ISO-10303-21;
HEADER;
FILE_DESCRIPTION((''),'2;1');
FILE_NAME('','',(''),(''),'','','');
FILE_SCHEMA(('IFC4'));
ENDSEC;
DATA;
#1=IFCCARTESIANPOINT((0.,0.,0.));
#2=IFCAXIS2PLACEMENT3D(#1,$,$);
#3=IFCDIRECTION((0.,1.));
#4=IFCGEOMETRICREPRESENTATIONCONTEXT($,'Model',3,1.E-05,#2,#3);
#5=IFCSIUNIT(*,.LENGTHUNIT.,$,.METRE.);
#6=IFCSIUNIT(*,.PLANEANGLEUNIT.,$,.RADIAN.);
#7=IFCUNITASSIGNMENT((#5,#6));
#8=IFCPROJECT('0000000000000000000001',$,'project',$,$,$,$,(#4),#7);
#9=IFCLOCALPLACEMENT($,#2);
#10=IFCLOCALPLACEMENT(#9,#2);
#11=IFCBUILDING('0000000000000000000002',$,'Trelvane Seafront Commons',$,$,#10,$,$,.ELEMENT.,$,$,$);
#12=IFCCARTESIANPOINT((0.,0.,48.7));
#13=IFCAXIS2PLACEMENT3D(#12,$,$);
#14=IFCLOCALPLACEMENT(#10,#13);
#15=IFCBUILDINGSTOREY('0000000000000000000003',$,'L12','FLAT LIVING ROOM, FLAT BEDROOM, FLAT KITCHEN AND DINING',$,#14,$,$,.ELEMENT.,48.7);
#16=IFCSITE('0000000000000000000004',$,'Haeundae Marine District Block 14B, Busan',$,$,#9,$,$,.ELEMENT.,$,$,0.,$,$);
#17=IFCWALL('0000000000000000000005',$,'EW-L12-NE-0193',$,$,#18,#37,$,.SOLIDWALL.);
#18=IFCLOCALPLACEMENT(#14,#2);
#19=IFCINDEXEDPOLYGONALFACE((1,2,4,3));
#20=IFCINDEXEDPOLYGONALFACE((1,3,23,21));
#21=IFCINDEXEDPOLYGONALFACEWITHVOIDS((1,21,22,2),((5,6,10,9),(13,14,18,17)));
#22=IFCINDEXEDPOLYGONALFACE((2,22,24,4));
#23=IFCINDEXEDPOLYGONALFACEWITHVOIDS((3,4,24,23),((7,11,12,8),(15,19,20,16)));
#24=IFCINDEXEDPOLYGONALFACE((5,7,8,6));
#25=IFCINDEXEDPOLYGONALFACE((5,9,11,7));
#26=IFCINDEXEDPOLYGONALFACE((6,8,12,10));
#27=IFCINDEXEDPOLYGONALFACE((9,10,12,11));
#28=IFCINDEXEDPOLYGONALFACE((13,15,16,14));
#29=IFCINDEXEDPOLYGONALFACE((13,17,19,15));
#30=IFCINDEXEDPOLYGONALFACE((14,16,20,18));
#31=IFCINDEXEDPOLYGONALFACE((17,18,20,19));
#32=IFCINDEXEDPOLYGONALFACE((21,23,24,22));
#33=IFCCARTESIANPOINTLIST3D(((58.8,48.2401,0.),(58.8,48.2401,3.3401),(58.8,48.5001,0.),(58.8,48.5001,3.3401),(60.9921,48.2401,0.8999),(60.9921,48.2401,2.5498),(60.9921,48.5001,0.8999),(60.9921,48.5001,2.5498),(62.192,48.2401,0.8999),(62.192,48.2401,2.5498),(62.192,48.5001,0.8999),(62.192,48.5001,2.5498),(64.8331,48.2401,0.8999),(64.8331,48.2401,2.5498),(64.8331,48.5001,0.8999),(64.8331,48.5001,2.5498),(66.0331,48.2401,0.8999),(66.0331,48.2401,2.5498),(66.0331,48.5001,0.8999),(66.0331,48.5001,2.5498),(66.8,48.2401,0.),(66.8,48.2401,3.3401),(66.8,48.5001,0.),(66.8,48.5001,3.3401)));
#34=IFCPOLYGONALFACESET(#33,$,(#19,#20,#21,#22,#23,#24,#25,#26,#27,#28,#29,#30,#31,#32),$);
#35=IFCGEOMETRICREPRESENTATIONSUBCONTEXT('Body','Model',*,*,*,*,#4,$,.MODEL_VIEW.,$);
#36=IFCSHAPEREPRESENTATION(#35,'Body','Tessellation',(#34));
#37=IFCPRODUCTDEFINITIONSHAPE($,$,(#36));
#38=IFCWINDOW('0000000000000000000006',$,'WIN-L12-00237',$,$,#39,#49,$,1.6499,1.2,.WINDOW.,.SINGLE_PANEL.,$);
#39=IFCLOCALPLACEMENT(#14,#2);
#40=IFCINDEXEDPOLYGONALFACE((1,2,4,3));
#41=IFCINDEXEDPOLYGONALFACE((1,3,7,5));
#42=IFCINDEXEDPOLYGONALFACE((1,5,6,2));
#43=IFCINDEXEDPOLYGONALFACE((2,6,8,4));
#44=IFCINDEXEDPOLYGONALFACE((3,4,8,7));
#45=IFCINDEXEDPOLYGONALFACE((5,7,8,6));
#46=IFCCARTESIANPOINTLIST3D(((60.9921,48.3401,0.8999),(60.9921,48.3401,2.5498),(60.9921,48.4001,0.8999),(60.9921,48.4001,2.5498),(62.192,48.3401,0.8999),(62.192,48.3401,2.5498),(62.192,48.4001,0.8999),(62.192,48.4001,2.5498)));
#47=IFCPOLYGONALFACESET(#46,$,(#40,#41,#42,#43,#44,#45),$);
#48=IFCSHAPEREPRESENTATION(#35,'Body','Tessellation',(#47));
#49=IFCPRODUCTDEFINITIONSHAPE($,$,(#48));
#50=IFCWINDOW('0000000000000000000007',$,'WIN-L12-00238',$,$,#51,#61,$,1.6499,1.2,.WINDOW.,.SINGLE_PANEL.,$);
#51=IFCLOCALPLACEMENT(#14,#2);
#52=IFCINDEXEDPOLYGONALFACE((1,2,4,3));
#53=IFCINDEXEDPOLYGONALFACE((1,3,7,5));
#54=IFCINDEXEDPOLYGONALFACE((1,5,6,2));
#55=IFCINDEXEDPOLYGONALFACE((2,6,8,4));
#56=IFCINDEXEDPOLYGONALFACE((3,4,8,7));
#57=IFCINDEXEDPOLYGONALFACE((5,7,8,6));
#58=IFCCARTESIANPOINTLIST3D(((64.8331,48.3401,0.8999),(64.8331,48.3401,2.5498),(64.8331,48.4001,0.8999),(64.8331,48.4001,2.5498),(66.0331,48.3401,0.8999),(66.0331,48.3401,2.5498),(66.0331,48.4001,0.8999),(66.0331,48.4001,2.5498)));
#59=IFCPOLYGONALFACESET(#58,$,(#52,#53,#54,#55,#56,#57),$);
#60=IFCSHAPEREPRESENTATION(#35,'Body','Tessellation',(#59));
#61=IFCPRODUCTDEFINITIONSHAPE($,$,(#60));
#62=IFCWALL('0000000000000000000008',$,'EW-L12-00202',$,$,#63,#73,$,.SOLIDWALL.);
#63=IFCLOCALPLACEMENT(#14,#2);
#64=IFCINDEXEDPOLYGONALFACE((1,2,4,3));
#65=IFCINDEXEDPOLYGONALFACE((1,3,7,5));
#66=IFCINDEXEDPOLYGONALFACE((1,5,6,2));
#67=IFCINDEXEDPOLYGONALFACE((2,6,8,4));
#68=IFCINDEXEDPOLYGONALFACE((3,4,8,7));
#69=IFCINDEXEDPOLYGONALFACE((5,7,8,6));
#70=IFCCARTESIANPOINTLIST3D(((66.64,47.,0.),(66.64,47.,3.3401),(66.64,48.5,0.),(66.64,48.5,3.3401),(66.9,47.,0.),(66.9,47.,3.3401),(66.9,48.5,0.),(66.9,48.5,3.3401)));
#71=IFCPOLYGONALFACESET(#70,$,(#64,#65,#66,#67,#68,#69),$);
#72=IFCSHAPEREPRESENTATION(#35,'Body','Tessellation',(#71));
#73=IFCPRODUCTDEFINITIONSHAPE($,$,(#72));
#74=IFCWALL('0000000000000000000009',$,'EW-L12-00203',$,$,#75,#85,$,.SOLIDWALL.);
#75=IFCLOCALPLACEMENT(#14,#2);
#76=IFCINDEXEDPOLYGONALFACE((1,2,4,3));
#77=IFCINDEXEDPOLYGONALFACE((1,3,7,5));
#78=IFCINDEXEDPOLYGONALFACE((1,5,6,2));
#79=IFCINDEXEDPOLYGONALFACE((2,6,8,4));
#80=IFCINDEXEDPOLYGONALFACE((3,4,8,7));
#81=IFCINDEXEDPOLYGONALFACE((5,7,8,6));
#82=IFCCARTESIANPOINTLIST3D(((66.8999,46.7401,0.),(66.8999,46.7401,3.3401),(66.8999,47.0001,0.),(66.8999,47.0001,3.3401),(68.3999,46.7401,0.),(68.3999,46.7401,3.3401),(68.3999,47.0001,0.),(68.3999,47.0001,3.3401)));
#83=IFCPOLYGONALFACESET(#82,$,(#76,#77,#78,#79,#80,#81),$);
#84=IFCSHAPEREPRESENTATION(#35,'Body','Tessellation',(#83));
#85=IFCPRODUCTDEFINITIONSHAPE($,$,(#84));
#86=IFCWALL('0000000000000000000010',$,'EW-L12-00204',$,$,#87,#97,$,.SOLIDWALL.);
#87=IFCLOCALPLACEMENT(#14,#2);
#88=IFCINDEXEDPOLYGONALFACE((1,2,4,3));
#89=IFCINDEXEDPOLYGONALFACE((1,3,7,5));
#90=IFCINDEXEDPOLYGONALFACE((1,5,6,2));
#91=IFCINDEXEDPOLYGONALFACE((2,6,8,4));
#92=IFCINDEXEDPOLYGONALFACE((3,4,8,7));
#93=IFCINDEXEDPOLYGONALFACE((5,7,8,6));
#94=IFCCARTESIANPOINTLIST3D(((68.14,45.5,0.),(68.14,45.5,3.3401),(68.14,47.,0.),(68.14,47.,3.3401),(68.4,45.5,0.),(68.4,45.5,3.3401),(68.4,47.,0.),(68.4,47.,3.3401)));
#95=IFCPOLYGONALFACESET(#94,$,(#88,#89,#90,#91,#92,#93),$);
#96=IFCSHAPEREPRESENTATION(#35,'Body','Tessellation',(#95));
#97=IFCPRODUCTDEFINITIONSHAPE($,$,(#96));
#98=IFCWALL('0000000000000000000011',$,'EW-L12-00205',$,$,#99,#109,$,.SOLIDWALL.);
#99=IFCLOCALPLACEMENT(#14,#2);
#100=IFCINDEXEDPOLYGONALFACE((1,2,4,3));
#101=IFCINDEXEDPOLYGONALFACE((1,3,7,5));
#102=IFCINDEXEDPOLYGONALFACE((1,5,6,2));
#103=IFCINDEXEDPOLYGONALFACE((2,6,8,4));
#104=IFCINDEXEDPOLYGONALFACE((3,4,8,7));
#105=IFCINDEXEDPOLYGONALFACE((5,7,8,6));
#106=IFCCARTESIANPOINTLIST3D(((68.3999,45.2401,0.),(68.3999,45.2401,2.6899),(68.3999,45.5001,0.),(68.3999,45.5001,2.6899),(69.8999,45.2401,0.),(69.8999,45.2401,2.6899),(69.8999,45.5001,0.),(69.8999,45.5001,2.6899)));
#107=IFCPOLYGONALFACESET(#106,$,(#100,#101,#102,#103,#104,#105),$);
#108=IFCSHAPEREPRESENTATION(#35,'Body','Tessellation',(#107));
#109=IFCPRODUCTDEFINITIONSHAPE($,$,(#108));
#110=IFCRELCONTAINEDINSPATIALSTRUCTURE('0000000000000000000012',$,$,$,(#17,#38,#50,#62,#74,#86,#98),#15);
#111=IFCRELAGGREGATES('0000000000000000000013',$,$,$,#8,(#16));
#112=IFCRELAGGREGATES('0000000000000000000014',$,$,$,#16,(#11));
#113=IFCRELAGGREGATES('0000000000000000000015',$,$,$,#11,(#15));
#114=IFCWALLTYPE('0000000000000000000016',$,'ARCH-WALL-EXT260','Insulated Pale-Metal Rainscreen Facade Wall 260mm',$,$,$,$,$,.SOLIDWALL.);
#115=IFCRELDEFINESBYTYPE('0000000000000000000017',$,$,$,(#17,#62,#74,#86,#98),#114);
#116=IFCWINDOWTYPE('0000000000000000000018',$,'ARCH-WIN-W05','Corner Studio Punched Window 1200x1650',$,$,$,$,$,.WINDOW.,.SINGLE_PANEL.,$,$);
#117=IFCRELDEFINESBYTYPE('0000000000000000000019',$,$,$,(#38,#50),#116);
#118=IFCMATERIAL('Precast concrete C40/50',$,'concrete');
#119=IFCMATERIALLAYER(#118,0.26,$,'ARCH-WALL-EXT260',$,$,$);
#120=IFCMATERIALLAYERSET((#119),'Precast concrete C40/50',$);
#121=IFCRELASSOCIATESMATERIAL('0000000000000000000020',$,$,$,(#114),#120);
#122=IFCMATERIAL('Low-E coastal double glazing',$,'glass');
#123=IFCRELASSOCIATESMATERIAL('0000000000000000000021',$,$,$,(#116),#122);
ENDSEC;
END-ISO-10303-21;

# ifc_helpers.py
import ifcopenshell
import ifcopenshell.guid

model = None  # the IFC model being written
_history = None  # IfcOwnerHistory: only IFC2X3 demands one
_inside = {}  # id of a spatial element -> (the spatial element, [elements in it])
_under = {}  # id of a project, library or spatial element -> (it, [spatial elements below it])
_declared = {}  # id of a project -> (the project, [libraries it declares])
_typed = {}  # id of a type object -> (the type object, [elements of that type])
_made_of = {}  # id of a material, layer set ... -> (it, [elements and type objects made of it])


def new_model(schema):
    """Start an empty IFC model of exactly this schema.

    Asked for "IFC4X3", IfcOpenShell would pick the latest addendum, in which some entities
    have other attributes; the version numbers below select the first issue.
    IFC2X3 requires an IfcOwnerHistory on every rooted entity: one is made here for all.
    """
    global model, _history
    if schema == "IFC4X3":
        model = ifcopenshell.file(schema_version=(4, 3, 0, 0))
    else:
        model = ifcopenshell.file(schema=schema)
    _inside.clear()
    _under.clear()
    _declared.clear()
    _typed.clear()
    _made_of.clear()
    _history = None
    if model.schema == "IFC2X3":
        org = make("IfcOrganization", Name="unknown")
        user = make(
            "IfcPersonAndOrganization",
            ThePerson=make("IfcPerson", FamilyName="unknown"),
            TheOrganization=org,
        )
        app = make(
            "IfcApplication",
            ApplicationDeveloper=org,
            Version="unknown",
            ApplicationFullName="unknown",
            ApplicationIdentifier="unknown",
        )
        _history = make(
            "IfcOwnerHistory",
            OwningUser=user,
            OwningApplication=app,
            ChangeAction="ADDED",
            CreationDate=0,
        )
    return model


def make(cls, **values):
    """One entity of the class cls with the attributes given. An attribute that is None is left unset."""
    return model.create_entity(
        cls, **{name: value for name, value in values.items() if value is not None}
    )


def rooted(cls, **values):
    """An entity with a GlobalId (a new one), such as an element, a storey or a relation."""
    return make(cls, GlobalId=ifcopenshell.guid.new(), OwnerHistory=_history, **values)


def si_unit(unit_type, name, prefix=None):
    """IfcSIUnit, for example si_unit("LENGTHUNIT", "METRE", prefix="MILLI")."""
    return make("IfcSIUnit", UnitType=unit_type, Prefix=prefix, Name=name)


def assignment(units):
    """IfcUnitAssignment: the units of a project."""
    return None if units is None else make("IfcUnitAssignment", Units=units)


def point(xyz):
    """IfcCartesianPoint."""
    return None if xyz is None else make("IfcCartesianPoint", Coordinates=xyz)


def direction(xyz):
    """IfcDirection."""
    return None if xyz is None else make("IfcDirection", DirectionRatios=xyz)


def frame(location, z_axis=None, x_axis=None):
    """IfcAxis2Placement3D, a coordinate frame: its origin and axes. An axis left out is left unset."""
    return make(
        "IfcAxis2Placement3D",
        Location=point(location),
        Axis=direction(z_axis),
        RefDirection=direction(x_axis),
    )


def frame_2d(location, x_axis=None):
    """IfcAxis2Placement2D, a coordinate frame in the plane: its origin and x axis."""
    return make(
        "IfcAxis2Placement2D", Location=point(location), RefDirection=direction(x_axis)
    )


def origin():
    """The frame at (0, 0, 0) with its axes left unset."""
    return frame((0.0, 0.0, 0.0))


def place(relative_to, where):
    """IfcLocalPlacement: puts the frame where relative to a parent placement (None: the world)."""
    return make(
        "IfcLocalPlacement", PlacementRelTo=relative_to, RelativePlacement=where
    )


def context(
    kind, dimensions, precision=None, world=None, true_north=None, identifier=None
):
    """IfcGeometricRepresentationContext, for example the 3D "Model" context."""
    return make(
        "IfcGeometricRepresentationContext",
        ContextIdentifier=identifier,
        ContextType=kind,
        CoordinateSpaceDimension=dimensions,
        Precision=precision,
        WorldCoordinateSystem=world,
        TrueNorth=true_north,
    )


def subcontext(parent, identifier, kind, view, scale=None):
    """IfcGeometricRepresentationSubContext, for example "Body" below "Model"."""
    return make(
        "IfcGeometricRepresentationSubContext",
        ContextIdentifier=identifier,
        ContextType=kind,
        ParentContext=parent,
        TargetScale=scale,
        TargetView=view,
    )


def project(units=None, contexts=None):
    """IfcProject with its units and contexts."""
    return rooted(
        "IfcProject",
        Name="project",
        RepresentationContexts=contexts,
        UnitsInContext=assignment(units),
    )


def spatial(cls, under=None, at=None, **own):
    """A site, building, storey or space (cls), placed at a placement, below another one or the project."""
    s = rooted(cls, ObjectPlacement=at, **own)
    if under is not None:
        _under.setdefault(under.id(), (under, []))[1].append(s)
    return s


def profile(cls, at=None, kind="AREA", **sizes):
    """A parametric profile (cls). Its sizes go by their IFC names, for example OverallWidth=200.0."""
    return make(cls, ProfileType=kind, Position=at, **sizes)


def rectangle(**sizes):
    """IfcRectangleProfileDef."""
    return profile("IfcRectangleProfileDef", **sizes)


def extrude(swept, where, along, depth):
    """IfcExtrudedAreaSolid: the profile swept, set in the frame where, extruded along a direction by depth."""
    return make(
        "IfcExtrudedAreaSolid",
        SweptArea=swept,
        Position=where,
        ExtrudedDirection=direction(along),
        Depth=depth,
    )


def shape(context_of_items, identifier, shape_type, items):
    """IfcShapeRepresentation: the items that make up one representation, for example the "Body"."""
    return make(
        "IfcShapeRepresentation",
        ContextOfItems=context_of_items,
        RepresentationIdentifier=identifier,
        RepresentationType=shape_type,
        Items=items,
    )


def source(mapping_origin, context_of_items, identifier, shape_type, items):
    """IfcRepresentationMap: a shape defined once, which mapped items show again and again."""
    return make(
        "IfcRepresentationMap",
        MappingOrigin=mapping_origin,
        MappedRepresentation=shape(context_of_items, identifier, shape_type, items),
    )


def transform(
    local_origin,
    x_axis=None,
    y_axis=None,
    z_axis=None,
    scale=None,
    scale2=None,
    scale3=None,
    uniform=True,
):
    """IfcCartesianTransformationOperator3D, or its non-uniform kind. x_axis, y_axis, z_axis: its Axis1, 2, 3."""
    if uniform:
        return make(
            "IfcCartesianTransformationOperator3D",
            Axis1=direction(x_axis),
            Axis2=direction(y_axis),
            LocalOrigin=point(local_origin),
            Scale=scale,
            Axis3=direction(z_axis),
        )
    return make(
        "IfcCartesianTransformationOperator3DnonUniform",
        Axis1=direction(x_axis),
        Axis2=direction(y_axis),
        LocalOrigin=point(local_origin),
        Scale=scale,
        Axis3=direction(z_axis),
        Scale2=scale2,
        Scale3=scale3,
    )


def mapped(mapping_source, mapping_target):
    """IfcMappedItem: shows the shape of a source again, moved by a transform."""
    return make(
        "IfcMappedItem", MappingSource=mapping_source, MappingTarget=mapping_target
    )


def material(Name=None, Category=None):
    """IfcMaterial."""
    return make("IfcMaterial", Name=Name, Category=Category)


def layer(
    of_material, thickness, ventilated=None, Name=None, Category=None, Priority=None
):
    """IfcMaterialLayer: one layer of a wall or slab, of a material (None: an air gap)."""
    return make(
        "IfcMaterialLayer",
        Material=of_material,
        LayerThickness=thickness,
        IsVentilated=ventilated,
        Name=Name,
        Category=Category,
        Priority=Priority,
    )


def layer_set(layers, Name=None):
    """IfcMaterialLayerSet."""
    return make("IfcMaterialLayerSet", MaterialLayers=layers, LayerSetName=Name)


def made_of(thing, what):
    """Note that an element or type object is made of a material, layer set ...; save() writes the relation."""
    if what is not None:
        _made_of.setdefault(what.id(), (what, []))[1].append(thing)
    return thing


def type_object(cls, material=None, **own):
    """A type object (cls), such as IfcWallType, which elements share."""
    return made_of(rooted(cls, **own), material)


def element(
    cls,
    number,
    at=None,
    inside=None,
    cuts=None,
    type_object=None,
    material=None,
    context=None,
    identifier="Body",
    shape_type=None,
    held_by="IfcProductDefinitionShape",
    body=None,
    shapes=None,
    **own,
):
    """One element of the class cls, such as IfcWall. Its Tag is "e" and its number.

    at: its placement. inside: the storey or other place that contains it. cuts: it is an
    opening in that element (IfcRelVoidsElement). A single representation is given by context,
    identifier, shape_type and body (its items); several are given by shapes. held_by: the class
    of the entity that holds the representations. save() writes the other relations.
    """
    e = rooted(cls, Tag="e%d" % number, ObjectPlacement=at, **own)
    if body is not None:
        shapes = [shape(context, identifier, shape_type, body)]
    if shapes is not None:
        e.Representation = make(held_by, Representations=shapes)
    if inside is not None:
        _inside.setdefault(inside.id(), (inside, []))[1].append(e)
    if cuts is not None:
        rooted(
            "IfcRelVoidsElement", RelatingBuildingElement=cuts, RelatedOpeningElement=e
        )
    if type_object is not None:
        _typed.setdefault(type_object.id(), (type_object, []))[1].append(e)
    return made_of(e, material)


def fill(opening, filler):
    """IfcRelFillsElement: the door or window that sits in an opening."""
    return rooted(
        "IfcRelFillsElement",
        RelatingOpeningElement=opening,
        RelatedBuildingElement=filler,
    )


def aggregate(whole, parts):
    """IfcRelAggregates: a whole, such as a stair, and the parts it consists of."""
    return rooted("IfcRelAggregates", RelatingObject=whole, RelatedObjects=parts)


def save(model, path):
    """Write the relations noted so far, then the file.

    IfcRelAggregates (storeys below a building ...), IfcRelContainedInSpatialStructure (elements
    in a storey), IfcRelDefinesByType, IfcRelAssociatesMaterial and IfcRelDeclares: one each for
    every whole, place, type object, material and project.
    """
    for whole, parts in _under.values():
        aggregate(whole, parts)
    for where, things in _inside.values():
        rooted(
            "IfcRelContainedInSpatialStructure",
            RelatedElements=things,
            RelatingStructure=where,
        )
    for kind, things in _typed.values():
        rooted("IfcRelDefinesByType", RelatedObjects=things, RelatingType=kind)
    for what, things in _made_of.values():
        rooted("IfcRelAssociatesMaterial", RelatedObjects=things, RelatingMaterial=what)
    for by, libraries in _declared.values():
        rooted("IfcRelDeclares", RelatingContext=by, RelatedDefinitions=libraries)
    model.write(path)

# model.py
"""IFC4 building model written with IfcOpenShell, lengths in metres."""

from ifc_helpers import new_model, si_unit, direction, frame, frame_2d, origin, place, context, subcontext, project, spatial, rectangle, extrude, source, transform, mapped, material, layer, layer_set, type_object, element, fill, save


model = new_model("IFC4")

# Units and contexts
model_context = context("Model", 3, precision=1e-05, world=origin(), true_north=direction((0.0, 1.0)))
body_context = subcontext(model_context, "Body", "Model", "MODEL_VIEW")
ifc_project = project(units=[si_unit("LENGTHUNIT", "METRE"), si_unit("PLANEANGLEUNIT", "RADIAN")], contexts=[model_context])

# Site, building, storey
site_placement = place(None, origin())
site = spatial("IfcSite", under=ifc_project, at=site_placement, Name="Haeundae Marine District Block 14B, Busan", CompositionType="ELEMENT", RefElevation=0.0)
building_placement = place(site_placement, origin())
building = spatial("IfcBuilding", under=site, at=building_placement, Name="Trelvane Seafront Commons", CompositionType="ELEMENT")
storey_placement = place(building_placement, frame((0.0, 0.0, 48.7)))
storey = spatial("IfcBuildingStorey", under=building, at=storey_placement, Name="L12", Description="FLAT LIVING ROOM, FLAT BEDROOM, FLAT KITCHEN AND DINING", CompositionType="ELEMENT", Elevation=48.7)

# Shared definitions
ifc_material_1 = material(Name="Low-E coastal double glazing", Category="glass")

# Wall, openings, windows
ifc_material_2 = material(Name="Precast concrete C40/50", Category="concrete")
ifc_layer_1 = layer(ifc_material_2, 0.26, Name="ARCH-WALL-EXT260")
ifc_layer_set_1 = layer_set([ifc_layer_1], Name="Precast concrete C40/50")
wall_type = type_object("IfcWallType", Name="ARCH-WALL-EXT260", Description="Insulated Pale-Metal Rainscreen Facade Wall 260mm", PredefinedType="SOLIDWALL", material=ifc_layer_set_1)
wall_1_placement = place(storey_placement, frame((58.8, 48.3701, 0.0), z_axis=(0.0, 0.0, 1.0), x_axis=(1.0, 0.0, 0.0)))
wall_1 = element("IfcWall", 1, at=wall_1_placement, inside=storey, type_object=wall_type, Name="EW-L12-NE-0193", PredefinedType="SOLIDWALL", context=body_context, shape_type="SweptSolid", body=[
    extrude(rectangle(XDim=8.0, YDim=0.26, at=frame_2d((4.0, 0.0))), origin(), (0.0, 0.0, 1.0), 3.3401),
])
opening_1_placement = place(wall_1_placement, frame((2.1919, 0.0, 0.8999)))
opening_1 = element("IfcOpeningElement", 2, at=opening_1_placement, cuts=wall_1, PredefinedType="OPENING", context=body_context, shape_type="SweptSolid", body=[
    extrude(rectangle(XDim=1.2, YDim=1.6499, at=frame_2d((0.6001, 0.825))), frame((0.0, 0.1399, 0.0), z_axis=(0.0, -1.0, 0.0), x_axis=(1.0, 0.0, 0.0)), (0.0, 0.0, 1.0), 0.28),
])
opening_2_placement = place(wall_1_placement, frame((6.033, 0.0, 0.8999)))
opening_2 = element("IfcOpeningElement", 3, at=opening_2_placement, cuts=wall_1, PredefinedType="OPENING", context=body_context, shape_type="SweptSolid", body=[
    extrude(rectangle(XDim=1.2, YDim=1.6499, at=frame_2d((0.6001, 0.825))), frame((0.0, 0.1399, 0.0), z_axis=(0.0, -1.0, 0.0), x_axis=(1.0, 0.0, 0.0)), (0.0, 0.0, 1.0), 0.28),
])
window_type_1 = type_object("IfcWindowType", Name="ARCH-WIN-W05", Description="Corner Studio Punched Window 1200x1650", PartitioningType="SINGLE_PANEL", PredefinedType="WINDOW", material=ifc_material_1)
shared_shape_1 = source(origin(), body_context, "Body", "SweptSolid", [
    extrude(rectangle(XDim=1.2, YDim=1.6499, at=frame_2d((0.6001, 0.825))), frame((0.0, 0.03, 0.0), z_axis=(0.0, -1.0, 0.0), x_axis=(1.0, 0.0, 0.0)), (0.0, 0.0, 1.0), 0.0601),
])
window_1_placement = place(opening_1_placement, origin())
window_1 = element("IfcWindow", 4, at=window_1_placement, inside=storey, type_object=window_type_1, Name="WIN-L12-00237", OverallHeight=1.6499, OverallWidth=1.2, PartitioningType="SINGLE_PANEL", PredefinedType="WINDOW", context=body_context, shape_type="MappedRepresentation", body=[
    mapped(shared_shape_1, transform((0.0, 0.0, 0.0), x_axis=(1.0, 0.0, 0.0), y_axis=(0.0, 1.0, 0.0), z_axis=(0.0, 0.0, 1.0), scale=1.0)),
])
fill(opening_1, window_1)
window_2_placement = place(opening_2_placement, origin())
window_2 = element("IfcWindow", 5, at=window_2_placement, inside=storey, type_object=window_type_1, Name="WIN-L12-00238", OverallHeight=1.6499, OverallWidth=1.2, PartitioningType="SINGLE_PANEL", PredefinedType="WINDOW", context=body_context, shape_type="MappedRepresentation", body=[
    mapped(shared_shape_1, transform((0.0, 0.0, 0.0), x_axis=(1.0, 0.0, 0.0), y_axis=(0.0, 1.0, 0.0), z_axis=(0.0, 0.0, 1.0), scale=1.0)),
])
fill(opening_2, window_2)

# Walls
for number, where, z_axis, x_axis, name in (
    (6, (66.77, 48.5, 0.0), (0.0, 0.0, 1.0), (0.0, -1.0, 0.0), "EW-L12-00202"),
    (7, (66.8999, 46.8701, 0.0), (0.0, 0.0, 1.0), (1.0, 0.0, 0.0), "EW-L12-00203"),
    (8, (68.27, 47.0, 0.0), (0.0, 0.0, 1.0), (0.0, -1.0, 0.0), "EW-L12-00204"),
):
    element("IfcWall", number, at=place(storey_placement, frame(where, z_axis=z_axis, x_axis=x_axis)), inside=storey, type_object=wall_type, Name=name, PredefinedType="SOLIDWALL", context=body_context, shape_type="SweptSolid", body=[
        extrude(rectangle(XDim=1.5, YDim=0.26, at=frame_2d((0.75, 0.0))), origin(), (0.0, 0.0, 1.0), 3.3401),
    ])
wall_2_placement = place(storey_placement, frame((68.3999, 45.3701, 0.0), z_axis=(0.0, 0.0, 1.0), x_axis=(1.0, 0.0, 0.0)))
element("IfcWall", 9, at=wall_2_placement, inside=storey, type_object=wall_type, Name="EW-L12-00205", PredefinedType="SOLIDWALL", context=body_context, shape_type="SweptSolid", body=[
    extrude(rectangle(XDim=1.5, YDim=0.26, at=frame_2d((0.75, 0.0))), origin(), (0.0, 0.0, 1.0), 2.6899),
])

save(model, "model.ifc")
